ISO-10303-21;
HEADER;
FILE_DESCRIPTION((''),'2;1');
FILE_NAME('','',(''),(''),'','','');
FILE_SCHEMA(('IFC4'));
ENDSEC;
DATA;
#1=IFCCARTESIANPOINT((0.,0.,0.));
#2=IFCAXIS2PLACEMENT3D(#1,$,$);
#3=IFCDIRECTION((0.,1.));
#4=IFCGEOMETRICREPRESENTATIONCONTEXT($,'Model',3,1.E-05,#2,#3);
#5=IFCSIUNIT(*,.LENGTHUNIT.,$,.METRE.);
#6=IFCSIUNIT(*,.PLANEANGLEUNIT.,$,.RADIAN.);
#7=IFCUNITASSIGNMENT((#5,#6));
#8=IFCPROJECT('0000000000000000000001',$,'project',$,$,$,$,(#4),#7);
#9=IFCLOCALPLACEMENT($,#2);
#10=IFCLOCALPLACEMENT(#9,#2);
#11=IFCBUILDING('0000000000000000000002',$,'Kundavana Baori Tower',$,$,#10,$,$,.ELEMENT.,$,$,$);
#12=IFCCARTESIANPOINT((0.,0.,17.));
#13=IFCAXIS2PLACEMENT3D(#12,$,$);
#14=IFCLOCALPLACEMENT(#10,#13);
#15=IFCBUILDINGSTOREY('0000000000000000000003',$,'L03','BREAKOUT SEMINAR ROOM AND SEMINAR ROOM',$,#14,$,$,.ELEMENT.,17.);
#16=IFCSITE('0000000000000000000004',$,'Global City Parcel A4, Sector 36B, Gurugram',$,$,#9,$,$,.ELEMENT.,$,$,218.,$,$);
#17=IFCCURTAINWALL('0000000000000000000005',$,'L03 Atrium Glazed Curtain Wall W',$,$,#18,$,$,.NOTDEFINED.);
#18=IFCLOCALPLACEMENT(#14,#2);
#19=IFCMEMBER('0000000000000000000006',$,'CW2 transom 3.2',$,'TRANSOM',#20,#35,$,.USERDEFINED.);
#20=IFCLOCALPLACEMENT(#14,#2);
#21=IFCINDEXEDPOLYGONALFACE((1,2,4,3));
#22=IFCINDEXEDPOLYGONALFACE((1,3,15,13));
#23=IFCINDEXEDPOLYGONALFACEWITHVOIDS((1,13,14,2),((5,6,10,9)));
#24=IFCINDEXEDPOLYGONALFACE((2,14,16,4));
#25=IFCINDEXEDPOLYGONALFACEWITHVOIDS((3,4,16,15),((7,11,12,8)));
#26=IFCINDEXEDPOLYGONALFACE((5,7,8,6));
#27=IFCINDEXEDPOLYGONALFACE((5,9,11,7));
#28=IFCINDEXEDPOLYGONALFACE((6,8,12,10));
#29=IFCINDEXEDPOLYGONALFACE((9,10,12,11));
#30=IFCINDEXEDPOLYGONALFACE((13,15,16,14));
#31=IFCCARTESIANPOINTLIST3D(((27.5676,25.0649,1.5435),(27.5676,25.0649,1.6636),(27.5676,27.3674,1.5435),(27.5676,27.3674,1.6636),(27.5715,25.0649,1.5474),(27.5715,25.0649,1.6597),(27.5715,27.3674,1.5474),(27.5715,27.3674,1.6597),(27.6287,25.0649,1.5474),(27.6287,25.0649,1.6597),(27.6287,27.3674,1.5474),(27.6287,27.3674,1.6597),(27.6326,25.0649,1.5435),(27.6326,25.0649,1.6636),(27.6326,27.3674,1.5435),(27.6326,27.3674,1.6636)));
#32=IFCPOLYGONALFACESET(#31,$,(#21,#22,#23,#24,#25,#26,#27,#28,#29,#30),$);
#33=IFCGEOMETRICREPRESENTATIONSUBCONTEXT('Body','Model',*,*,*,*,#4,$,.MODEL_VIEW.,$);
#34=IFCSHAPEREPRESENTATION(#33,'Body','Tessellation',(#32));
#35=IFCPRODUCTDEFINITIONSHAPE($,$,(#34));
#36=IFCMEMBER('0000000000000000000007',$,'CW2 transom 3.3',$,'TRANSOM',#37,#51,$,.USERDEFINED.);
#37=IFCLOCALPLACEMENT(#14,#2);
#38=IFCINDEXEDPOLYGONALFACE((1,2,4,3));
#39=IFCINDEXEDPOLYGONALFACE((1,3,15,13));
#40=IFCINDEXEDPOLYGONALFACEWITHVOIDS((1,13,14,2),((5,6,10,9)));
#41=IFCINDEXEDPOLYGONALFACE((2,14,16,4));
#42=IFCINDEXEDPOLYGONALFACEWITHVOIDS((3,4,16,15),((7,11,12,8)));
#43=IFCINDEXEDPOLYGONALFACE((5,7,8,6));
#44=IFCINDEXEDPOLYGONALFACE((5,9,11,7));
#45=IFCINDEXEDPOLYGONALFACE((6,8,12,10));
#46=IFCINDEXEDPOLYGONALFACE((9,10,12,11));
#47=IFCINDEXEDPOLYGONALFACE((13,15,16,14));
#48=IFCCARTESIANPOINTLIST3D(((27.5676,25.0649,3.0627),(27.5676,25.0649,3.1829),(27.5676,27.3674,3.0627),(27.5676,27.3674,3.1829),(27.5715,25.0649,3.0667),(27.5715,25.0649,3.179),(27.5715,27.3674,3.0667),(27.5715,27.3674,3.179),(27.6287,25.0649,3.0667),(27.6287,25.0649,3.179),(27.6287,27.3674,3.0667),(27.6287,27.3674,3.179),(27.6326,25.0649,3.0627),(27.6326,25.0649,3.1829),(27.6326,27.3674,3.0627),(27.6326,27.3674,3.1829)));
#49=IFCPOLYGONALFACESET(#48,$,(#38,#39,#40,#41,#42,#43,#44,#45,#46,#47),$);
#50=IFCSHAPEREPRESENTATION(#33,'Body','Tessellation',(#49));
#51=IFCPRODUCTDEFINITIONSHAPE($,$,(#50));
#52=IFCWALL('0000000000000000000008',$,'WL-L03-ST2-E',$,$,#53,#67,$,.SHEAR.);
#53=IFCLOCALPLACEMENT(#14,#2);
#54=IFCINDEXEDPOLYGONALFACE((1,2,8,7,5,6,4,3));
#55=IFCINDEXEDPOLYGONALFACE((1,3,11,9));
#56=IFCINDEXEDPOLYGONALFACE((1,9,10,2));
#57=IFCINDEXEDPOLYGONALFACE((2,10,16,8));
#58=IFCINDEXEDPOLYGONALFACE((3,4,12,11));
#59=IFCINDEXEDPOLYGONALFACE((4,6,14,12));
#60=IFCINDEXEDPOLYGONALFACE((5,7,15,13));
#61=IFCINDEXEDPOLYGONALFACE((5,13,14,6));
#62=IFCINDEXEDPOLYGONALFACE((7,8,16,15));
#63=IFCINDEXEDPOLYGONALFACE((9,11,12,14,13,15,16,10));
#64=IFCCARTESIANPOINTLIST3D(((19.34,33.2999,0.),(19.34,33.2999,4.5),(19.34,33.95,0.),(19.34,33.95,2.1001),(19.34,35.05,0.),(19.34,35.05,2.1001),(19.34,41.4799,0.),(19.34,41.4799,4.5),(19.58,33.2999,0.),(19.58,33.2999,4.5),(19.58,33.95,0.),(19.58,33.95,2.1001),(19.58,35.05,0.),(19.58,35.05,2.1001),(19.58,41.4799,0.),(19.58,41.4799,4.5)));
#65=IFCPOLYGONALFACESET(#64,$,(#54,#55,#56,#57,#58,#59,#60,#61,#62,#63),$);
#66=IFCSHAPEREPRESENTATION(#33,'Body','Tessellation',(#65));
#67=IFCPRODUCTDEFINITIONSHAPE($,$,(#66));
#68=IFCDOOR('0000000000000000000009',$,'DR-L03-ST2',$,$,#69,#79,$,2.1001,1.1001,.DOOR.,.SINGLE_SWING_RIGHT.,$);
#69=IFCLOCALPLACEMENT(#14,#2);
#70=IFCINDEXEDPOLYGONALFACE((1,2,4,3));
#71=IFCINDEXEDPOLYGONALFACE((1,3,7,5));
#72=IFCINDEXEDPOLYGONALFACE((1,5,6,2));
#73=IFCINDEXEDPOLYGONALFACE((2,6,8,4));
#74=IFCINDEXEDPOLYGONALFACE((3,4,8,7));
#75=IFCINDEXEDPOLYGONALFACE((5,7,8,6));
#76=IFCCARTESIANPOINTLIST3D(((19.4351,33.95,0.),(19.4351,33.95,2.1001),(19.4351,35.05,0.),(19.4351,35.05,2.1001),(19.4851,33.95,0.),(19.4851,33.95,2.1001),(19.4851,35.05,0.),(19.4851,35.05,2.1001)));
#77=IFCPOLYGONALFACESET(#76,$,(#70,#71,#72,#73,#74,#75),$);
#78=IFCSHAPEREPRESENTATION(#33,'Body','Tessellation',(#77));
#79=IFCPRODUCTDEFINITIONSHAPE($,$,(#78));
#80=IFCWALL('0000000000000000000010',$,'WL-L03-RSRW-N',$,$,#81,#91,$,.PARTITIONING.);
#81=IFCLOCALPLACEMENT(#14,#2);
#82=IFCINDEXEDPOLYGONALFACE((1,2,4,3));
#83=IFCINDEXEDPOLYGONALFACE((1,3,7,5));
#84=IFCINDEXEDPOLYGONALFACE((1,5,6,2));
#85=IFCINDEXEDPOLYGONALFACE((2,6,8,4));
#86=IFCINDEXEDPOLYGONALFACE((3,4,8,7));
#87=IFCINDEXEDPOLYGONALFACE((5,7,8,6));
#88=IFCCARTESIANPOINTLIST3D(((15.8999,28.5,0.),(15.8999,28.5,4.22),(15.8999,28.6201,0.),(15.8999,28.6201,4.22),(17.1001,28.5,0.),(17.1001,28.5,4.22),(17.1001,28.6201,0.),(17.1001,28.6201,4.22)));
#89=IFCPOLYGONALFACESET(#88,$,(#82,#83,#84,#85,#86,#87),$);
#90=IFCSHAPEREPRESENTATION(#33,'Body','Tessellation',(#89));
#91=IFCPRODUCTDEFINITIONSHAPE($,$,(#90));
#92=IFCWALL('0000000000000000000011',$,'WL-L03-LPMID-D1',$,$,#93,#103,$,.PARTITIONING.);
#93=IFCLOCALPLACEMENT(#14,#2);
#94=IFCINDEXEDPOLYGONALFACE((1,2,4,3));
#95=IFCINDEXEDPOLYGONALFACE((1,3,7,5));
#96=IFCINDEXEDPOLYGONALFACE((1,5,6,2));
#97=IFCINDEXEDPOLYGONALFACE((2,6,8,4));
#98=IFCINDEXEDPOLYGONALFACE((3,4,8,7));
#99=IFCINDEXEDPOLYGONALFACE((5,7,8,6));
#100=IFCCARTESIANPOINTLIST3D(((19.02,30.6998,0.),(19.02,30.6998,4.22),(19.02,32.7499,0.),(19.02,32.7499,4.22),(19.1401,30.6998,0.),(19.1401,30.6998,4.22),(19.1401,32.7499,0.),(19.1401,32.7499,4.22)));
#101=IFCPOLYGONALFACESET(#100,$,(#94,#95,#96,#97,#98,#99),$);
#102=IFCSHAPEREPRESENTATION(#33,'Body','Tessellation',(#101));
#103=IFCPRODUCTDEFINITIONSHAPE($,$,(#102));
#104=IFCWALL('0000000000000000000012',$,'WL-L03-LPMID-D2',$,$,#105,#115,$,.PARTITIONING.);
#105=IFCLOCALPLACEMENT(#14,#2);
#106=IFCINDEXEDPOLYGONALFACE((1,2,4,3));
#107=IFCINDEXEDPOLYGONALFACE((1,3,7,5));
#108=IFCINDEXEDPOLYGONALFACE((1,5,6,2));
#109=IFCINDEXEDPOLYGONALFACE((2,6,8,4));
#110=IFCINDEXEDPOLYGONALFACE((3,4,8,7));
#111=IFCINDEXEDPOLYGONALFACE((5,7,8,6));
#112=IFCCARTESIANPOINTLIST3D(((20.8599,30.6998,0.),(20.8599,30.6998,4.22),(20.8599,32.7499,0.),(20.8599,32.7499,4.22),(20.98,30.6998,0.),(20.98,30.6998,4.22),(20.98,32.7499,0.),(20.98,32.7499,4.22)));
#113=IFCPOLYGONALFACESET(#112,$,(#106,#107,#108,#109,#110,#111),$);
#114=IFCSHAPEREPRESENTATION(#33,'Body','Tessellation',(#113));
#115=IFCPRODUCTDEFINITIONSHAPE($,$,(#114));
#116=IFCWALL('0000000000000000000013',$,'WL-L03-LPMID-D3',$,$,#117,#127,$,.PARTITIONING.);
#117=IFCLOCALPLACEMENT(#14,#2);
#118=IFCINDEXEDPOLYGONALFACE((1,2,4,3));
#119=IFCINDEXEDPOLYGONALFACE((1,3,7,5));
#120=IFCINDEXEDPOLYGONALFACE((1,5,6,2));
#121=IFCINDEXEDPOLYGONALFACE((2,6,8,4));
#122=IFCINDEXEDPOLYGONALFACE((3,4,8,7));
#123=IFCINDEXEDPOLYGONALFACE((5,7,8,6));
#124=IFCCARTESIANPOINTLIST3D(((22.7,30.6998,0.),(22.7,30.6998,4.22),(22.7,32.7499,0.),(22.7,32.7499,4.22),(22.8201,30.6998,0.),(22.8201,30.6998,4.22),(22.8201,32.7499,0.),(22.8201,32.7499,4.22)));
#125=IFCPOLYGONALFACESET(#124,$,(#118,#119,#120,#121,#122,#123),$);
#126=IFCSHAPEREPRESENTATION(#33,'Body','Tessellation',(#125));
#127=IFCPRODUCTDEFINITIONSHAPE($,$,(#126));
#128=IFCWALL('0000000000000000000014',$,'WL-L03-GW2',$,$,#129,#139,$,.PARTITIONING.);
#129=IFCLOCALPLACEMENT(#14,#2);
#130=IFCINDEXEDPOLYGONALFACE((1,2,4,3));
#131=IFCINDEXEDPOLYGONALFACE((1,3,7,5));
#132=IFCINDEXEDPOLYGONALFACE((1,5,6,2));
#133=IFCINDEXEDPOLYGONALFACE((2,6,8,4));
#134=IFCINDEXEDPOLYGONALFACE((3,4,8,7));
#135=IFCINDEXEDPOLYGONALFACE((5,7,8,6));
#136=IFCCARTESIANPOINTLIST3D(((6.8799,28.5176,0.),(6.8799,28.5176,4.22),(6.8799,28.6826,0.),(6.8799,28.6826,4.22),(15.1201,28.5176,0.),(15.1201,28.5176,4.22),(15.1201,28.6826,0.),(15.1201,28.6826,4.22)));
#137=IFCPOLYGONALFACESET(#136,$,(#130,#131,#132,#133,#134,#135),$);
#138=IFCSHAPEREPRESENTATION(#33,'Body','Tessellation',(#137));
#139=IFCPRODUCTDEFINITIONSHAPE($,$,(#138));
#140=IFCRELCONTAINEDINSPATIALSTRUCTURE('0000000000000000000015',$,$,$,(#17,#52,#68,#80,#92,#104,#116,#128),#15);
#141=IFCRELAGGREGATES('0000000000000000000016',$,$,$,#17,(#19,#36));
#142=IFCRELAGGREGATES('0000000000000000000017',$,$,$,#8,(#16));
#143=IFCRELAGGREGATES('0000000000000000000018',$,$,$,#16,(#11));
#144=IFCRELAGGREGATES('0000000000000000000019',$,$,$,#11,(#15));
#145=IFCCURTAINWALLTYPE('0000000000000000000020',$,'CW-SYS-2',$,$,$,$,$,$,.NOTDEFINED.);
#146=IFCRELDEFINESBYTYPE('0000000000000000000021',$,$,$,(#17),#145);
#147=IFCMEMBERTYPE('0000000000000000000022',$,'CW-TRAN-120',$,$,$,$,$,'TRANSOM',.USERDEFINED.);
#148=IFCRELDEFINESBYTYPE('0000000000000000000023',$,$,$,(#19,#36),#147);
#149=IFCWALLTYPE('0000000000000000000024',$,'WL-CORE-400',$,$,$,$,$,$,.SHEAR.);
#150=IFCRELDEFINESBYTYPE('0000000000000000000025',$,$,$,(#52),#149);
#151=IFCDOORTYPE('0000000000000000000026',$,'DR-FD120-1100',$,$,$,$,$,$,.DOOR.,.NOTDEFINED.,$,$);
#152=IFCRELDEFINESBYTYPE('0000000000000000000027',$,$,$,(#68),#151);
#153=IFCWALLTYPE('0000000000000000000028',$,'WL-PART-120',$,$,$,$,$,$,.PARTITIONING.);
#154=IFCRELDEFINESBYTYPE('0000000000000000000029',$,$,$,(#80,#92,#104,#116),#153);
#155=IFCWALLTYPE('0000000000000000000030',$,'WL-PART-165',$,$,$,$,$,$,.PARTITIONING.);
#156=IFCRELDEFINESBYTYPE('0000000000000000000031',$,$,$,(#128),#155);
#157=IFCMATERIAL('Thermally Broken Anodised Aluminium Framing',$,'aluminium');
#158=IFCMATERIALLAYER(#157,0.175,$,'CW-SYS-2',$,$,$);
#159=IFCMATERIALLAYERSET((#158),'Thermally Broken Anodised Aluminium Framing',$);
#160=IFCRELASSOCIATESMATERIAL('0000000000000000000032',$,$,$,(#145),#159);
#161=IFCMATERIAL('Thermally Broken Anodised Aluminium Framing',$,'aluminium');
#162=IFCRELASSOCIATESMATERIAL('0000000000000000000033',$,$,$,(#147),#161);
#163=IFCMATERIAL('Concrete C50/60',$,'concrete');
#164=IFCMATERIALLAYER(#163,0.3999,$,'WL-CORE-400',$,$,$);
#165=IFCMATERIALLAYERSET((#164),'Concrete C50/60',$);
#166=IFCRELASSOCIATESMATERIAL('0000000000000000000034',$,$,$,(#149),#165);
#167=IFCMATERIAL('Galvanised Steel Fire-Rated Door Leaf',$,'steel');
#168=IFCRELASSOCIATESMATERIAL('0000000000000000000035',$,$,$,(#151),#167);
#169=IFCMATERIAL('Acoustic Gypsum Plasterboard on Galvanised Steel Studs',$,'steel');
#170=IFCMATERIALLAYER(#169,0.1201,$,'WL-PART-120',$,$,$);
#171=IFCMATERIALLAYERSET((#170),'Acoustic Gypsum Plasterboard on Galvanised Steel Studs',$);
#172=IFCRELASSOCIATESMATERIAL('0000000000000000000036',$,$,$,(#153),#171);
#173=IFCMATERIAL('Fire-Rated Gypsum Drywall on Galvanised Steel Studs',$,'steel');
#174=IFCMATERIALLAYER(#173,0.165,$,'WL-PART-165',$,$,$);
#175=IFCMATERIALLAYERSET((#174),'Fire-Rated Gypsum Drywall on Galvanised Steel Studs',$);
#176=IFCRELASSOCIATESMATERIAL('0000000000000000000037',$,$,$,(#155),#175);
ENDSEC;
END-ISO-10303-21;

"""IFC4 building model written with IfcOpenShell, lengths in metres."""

from ifc_helpers import new_model, si_unit, direction, frame, frame_2d, origin, origin_2d, place, context, subcontext, project, spatial, rectangle, hollow_rectangle, extrude, material, layer, layer_set, material_profile, profile_set, type_object, element, fill, aggregate, save


model = new_model("IFC4")

# Units and contexts
model_context = context("Model", 3, precision=1e-05, world=origin(), true_north=direction((0.0, 1.0)))
body_context = subcontext(model_context, "Body", "Model", "MODEL_VIEW")
ifc_project = project(units=[si_unit("LENGTHUNIT", "METRE"), si_unit("PLANEANGLEUNIT", "RADIAN")], contexts=[model_context])

# Site, building, storey
site_placement = place(None, origin())
site = spatial("IfcSite", under=ifc_project, at=site_placement, Name="Global City Parcel A4, Sector 36B, Gurugram", CompositionType="ELEMENT", RefElevation=218.0)
building_placement = place(site_placement, origin())
building = spatial("IfcBuilding", under=site, at=building_placement, Name="Kundavana Baori Tower", CompositionType="ELEMENT")
storey_placement = place(building_placement, frame((0.0, 0.0, 17.0)))
storey = spatial("IfcBuildingStorey", under=building, at=storey_placement, Name="L03", Description="BREAKOUT SEMINAR ROOM AND SEMINAR ROOM", CompositionType="ELEMENT", Elevation=17.0)

# Curtain wall, members
ifc_material_1 = material(Name="Thermally Broken Anodised Aluminium Framing", Category="aluminium")
ifc_layer_1 = layer(ifc_material_1, 0.175, Name="CW-SYS-2")
ifc_layer_set_1 = layer_set([ifc_layer_1], Name="Thermally Broken Anodised Aluminium Framing")
curtain_wall_type = type_object("IfcCurtainWallType", Name="CW-SYS-2", PredefinedType="NOTDEFINED", material=ifc_layer_set_1)
curtain_wall_placement = place(storey_placement, origin())
curtain_wall = element("IfcCurtainWall", 1, at=curtain_wall_placement, inside=storey, type_object=curtain_wall_type, Name="L03 Atrium Glazed Curtain Wall W", PredefinedType="NOTDEFINED")
ifc_material_2 = material(Name="Thermally Broken Anodised Aluminium Framing", Category="aluminium")
ifc_material_profile_1 = material_profile(ifc_material_2, hollow_rectangle(XDim=0.0649, YDim=0.1201, WallThickness=0.0039, at=origin_2d()), Name="CW-TRAN-120")
ifc_profile_set_1 = profile_set([ifc_material_profile_1], Name="Thermally Broken Anodised Aluminium Framing")
member_type = type_object("IfcMemberType", Name="CW-TRAN-120", ElementType="TRANSOM", PredefinedType="USERDEFINED", material=ifc_profile_set_1)
member_1_placement = place(storey_placement, frame((27.6001, 27.3674, 1.6035), z_axis=(0.0, -1.0, 0.0), x_axis=(1.0, 0.0, 0.0)))
member_1 = element("IfcMember", 2, at=member_1_placement, type_object=member_type, Name="CW2 transom 3.2", ObjectType="TRANSOM", PredefinedType="USERDEFINED", context=body_context, shape_type="SweptSolid", body=[
    extrude(hollow_rectangle(XDim=0.0649, YDim=0.1201, WallThickness=0.0039, at=origin_2d()), origin(), (0.0, 0.0, 1.0), 2.3025),
])
member_2_placement = place(storey_placement, frame((27.6001, 27.3674, 3.1228), z_axis=(0.0, -1.0, 0.0), x_axis=(1.0, 0.0, 0.0)))
member_2 = element("IfcMember", 3, at=member_2_placement, type_object=member_type, Name="CW2 transom 3.3", ObjectType="TRANSOM", PredefinedType="USERDEFINED", context=body_context, shape_type="SweptSolid", body=[
    extrude(hollow_rectangle(XDim=0.0649, YDim=0.1201, WallThickness=0.0039, at=origin_2d()), origin(), (0.0, 0.0, 1.0), 2.3025),
])
aggregate(curtain_wall, [member_1, member_2])

# Wall, opening, door
ifc_material_3 = material(Name="Concrete C50/60", Category="concrete")
ifc_layer_2 = layer(ifc_material_3, 0.3999, Name="WL-CORE-400")
ifc_layer_set_2 = layer_set([ifc_layer_2], Name="Concrete C50/60")
wall_type_1 = type_object("IfcWallType", Name="WL-CORE-400", PredefinedType="SHEAR", material=ifc_layer_set_2)
wall_1_placement = place(storey_placement, frame((19.46, 33.3, 0.0), z_axis=(0.0, 0.0, 1.0), x_axis=(0.0, 1.0, 0.0)))
wall_1 = element("IfcWall", 4, at=wall_1_placement, inside=storey, type_object=wall_type_1, Name="WL-L03-ST2-E", PredefinedType="SHEAR", context=body_context, shape_type="SweptSolid", body=[
    extrude(rectangle(XDim=8.1799, YDim=0.24, at=frame_2d((4.0898, 0.0))), origin(), (0.0, 0.0, 1.0), 4.5),
])
opening_1_placement = place(wall_1_placement, frame((0.6499, 0.0, 0.0)))
opening_1 = element("IfcOpeningElement", 5, at=opening_1_placement, cuts=wall_1, PredefinedType="OPENING", context=body_context, shape_type="SweptSolid", body=[
    extrude(rectangle(XDim=1.1001, YDim=2.1001, at=frame_2d((0.55, 1.05))), frame((0.0, 0.1299, 0.0), z_axis=(0.0, -1.0, 0.0), x_axis=(1.0, 0.0, 0.0)), (0.0, 0.0, 1.0), 0.26),
])
ifc_material_4 = material(Name="Galvanised Steel Fire-Rated Door Leaf", Category="steel")
door_type_1 = type_object("IfcDoorType", Name="DR-FD120-1100", OperationType="NOTDEFINED", PredefinedType="DOOR", material=ifc_material_4)
door_1_placement = place(opening_1_placement, origin())
door_1 = element("IfcDoor", 6, at=door_1_placement, inside=storey, type_object=door_type_1, Name="DR-L03-ST2", OperationType="SINGLE_SWING_RIGHT", OverallHeight=2.1001, OverallWidth=1.1001, PredefinedType="DOOR", context=body_context, shape_type="SweptSolid", body=[
    extrude(rectangle(XDim=1.1001, YDim=2.1001, at=frame_2d((0.55, 1.05))), frame((0.0, 0.0249, 0.0), z_axis=(0.0, -1.0, 0.0), x_axis=(1.0, 0.0, 0.0)), (0.0, 0.0, 1.0), 0.05),
])
fill(opening_1, door_1)

# Walls
ifc_material_5 = material(Name="Acoustic Gypsum Plasterboard on Galvanised Steel Studs", Category="steel")
ifc_layer_3 = layer(ifc_material_5, 0.1201, Name="WL-PART-120")
ifc_layer_set_3 = layer_set([ifc_layer_3], Name="Acoustic Gypsum Plasterboard on Galvanised Steel Studs")
wall_type_2 = type_object("IfcWallType", Name="WL-PART-120", PredefinedType="PARTITIONING", material=ifc_layer_set_3)
wall_2_placement = place(storey_placement, frame((15.8999, 28.5601, 0.0), z_axis=(0.0, 0.0, 1.0), x_axis=(1.0, 0.0, 0.0)))
element("IfcWall", 7, at=wall_2_placement, inside=storey, type_object=wall_type_2, Name="WL-L03-RSRW-N", PredefinedType="PARTITIONING", context=body_context, shape_type="SweptSolid", body=[
    extrude(rectangle(XDim=1.2002, YDim=0.1201, at=frame_2d((0.6001, 0.0))), origin(), (0.0, 0.0, 1.0), 4.22),
])
for number, where, z_axis, x_axis, name in (
    (8, (19.0801, 30.7, 0.0), (0.0, 0.0, 1.0), (0.0, 1.0, 0.0), "WL-L03-LPMID-D1"),
    (9, (20.9199, 30.7, 0.0), (0.0, 0.0, 1.0), (0.0, 1.0, 0.0), "WL-L03-LPMID-D2"),
    (10, (22.76, 30.7, 0.0), (0.0, 0.0, 1.0), (0.0, 1.0, 0.0), "WL-L03-LPMID-D3"),
):
    element("IfcWall", number, at=place(storey_placement, frame(where, z_axis=z_axis, x_axis=x_axis)), inside=storey, type_object=wall_type_2, Name=name, PredefinedType="PARTITIONING", context=body_context, shape_type="SweptSolid", body=[
        extrude(rectangle(XDim=2.05, YDim=0.1201, at=frame_2d((1.0249, 0.0))), origin(), (0.0, 0.0, 1.0), 4.22),
    ])
ifc_material_6 = material(Name="Fire-Rated Gypsum Drywall on Galvanised Steel Studs", Category="steel")
ifc_layer_4 = layer(ifc_material_6, 0.165, Name="WL-PART-165")
ifc_layer_set_4 = layer_set([ifc_layer_4], Name="Fire-Rated Gypsum Drywall on Galvanised Steel Studs")
wall_type_3 = type_object("IfcWallType", Name="WL-PART-165", PredefinedType="PARTITIONING", material=ifc_layer_set_4)
wall_3_placement = place(storey_placement, frame((6.8799, 28.6001, 0.0), z_axis=(0.0, 0.0, 1.0), x_axis=(1.0, 0.0, 0.0)))
element("IfcWall", 11, at=wall_3_placement, inside=storey, type_object=wall_type_3, Name="WL-L03-GW2", PredefinedType="PARTITIONING", context=body_context, shape_type="SweptSolid", body=[
    extrude(rectangle(XDim=8.2402, YDim=0.165, at=frame_2d((4.1201, 0.0))), origin(), (0.0, 0.0, 1.0), 4.22),
])

save(model, "model.ifc")
